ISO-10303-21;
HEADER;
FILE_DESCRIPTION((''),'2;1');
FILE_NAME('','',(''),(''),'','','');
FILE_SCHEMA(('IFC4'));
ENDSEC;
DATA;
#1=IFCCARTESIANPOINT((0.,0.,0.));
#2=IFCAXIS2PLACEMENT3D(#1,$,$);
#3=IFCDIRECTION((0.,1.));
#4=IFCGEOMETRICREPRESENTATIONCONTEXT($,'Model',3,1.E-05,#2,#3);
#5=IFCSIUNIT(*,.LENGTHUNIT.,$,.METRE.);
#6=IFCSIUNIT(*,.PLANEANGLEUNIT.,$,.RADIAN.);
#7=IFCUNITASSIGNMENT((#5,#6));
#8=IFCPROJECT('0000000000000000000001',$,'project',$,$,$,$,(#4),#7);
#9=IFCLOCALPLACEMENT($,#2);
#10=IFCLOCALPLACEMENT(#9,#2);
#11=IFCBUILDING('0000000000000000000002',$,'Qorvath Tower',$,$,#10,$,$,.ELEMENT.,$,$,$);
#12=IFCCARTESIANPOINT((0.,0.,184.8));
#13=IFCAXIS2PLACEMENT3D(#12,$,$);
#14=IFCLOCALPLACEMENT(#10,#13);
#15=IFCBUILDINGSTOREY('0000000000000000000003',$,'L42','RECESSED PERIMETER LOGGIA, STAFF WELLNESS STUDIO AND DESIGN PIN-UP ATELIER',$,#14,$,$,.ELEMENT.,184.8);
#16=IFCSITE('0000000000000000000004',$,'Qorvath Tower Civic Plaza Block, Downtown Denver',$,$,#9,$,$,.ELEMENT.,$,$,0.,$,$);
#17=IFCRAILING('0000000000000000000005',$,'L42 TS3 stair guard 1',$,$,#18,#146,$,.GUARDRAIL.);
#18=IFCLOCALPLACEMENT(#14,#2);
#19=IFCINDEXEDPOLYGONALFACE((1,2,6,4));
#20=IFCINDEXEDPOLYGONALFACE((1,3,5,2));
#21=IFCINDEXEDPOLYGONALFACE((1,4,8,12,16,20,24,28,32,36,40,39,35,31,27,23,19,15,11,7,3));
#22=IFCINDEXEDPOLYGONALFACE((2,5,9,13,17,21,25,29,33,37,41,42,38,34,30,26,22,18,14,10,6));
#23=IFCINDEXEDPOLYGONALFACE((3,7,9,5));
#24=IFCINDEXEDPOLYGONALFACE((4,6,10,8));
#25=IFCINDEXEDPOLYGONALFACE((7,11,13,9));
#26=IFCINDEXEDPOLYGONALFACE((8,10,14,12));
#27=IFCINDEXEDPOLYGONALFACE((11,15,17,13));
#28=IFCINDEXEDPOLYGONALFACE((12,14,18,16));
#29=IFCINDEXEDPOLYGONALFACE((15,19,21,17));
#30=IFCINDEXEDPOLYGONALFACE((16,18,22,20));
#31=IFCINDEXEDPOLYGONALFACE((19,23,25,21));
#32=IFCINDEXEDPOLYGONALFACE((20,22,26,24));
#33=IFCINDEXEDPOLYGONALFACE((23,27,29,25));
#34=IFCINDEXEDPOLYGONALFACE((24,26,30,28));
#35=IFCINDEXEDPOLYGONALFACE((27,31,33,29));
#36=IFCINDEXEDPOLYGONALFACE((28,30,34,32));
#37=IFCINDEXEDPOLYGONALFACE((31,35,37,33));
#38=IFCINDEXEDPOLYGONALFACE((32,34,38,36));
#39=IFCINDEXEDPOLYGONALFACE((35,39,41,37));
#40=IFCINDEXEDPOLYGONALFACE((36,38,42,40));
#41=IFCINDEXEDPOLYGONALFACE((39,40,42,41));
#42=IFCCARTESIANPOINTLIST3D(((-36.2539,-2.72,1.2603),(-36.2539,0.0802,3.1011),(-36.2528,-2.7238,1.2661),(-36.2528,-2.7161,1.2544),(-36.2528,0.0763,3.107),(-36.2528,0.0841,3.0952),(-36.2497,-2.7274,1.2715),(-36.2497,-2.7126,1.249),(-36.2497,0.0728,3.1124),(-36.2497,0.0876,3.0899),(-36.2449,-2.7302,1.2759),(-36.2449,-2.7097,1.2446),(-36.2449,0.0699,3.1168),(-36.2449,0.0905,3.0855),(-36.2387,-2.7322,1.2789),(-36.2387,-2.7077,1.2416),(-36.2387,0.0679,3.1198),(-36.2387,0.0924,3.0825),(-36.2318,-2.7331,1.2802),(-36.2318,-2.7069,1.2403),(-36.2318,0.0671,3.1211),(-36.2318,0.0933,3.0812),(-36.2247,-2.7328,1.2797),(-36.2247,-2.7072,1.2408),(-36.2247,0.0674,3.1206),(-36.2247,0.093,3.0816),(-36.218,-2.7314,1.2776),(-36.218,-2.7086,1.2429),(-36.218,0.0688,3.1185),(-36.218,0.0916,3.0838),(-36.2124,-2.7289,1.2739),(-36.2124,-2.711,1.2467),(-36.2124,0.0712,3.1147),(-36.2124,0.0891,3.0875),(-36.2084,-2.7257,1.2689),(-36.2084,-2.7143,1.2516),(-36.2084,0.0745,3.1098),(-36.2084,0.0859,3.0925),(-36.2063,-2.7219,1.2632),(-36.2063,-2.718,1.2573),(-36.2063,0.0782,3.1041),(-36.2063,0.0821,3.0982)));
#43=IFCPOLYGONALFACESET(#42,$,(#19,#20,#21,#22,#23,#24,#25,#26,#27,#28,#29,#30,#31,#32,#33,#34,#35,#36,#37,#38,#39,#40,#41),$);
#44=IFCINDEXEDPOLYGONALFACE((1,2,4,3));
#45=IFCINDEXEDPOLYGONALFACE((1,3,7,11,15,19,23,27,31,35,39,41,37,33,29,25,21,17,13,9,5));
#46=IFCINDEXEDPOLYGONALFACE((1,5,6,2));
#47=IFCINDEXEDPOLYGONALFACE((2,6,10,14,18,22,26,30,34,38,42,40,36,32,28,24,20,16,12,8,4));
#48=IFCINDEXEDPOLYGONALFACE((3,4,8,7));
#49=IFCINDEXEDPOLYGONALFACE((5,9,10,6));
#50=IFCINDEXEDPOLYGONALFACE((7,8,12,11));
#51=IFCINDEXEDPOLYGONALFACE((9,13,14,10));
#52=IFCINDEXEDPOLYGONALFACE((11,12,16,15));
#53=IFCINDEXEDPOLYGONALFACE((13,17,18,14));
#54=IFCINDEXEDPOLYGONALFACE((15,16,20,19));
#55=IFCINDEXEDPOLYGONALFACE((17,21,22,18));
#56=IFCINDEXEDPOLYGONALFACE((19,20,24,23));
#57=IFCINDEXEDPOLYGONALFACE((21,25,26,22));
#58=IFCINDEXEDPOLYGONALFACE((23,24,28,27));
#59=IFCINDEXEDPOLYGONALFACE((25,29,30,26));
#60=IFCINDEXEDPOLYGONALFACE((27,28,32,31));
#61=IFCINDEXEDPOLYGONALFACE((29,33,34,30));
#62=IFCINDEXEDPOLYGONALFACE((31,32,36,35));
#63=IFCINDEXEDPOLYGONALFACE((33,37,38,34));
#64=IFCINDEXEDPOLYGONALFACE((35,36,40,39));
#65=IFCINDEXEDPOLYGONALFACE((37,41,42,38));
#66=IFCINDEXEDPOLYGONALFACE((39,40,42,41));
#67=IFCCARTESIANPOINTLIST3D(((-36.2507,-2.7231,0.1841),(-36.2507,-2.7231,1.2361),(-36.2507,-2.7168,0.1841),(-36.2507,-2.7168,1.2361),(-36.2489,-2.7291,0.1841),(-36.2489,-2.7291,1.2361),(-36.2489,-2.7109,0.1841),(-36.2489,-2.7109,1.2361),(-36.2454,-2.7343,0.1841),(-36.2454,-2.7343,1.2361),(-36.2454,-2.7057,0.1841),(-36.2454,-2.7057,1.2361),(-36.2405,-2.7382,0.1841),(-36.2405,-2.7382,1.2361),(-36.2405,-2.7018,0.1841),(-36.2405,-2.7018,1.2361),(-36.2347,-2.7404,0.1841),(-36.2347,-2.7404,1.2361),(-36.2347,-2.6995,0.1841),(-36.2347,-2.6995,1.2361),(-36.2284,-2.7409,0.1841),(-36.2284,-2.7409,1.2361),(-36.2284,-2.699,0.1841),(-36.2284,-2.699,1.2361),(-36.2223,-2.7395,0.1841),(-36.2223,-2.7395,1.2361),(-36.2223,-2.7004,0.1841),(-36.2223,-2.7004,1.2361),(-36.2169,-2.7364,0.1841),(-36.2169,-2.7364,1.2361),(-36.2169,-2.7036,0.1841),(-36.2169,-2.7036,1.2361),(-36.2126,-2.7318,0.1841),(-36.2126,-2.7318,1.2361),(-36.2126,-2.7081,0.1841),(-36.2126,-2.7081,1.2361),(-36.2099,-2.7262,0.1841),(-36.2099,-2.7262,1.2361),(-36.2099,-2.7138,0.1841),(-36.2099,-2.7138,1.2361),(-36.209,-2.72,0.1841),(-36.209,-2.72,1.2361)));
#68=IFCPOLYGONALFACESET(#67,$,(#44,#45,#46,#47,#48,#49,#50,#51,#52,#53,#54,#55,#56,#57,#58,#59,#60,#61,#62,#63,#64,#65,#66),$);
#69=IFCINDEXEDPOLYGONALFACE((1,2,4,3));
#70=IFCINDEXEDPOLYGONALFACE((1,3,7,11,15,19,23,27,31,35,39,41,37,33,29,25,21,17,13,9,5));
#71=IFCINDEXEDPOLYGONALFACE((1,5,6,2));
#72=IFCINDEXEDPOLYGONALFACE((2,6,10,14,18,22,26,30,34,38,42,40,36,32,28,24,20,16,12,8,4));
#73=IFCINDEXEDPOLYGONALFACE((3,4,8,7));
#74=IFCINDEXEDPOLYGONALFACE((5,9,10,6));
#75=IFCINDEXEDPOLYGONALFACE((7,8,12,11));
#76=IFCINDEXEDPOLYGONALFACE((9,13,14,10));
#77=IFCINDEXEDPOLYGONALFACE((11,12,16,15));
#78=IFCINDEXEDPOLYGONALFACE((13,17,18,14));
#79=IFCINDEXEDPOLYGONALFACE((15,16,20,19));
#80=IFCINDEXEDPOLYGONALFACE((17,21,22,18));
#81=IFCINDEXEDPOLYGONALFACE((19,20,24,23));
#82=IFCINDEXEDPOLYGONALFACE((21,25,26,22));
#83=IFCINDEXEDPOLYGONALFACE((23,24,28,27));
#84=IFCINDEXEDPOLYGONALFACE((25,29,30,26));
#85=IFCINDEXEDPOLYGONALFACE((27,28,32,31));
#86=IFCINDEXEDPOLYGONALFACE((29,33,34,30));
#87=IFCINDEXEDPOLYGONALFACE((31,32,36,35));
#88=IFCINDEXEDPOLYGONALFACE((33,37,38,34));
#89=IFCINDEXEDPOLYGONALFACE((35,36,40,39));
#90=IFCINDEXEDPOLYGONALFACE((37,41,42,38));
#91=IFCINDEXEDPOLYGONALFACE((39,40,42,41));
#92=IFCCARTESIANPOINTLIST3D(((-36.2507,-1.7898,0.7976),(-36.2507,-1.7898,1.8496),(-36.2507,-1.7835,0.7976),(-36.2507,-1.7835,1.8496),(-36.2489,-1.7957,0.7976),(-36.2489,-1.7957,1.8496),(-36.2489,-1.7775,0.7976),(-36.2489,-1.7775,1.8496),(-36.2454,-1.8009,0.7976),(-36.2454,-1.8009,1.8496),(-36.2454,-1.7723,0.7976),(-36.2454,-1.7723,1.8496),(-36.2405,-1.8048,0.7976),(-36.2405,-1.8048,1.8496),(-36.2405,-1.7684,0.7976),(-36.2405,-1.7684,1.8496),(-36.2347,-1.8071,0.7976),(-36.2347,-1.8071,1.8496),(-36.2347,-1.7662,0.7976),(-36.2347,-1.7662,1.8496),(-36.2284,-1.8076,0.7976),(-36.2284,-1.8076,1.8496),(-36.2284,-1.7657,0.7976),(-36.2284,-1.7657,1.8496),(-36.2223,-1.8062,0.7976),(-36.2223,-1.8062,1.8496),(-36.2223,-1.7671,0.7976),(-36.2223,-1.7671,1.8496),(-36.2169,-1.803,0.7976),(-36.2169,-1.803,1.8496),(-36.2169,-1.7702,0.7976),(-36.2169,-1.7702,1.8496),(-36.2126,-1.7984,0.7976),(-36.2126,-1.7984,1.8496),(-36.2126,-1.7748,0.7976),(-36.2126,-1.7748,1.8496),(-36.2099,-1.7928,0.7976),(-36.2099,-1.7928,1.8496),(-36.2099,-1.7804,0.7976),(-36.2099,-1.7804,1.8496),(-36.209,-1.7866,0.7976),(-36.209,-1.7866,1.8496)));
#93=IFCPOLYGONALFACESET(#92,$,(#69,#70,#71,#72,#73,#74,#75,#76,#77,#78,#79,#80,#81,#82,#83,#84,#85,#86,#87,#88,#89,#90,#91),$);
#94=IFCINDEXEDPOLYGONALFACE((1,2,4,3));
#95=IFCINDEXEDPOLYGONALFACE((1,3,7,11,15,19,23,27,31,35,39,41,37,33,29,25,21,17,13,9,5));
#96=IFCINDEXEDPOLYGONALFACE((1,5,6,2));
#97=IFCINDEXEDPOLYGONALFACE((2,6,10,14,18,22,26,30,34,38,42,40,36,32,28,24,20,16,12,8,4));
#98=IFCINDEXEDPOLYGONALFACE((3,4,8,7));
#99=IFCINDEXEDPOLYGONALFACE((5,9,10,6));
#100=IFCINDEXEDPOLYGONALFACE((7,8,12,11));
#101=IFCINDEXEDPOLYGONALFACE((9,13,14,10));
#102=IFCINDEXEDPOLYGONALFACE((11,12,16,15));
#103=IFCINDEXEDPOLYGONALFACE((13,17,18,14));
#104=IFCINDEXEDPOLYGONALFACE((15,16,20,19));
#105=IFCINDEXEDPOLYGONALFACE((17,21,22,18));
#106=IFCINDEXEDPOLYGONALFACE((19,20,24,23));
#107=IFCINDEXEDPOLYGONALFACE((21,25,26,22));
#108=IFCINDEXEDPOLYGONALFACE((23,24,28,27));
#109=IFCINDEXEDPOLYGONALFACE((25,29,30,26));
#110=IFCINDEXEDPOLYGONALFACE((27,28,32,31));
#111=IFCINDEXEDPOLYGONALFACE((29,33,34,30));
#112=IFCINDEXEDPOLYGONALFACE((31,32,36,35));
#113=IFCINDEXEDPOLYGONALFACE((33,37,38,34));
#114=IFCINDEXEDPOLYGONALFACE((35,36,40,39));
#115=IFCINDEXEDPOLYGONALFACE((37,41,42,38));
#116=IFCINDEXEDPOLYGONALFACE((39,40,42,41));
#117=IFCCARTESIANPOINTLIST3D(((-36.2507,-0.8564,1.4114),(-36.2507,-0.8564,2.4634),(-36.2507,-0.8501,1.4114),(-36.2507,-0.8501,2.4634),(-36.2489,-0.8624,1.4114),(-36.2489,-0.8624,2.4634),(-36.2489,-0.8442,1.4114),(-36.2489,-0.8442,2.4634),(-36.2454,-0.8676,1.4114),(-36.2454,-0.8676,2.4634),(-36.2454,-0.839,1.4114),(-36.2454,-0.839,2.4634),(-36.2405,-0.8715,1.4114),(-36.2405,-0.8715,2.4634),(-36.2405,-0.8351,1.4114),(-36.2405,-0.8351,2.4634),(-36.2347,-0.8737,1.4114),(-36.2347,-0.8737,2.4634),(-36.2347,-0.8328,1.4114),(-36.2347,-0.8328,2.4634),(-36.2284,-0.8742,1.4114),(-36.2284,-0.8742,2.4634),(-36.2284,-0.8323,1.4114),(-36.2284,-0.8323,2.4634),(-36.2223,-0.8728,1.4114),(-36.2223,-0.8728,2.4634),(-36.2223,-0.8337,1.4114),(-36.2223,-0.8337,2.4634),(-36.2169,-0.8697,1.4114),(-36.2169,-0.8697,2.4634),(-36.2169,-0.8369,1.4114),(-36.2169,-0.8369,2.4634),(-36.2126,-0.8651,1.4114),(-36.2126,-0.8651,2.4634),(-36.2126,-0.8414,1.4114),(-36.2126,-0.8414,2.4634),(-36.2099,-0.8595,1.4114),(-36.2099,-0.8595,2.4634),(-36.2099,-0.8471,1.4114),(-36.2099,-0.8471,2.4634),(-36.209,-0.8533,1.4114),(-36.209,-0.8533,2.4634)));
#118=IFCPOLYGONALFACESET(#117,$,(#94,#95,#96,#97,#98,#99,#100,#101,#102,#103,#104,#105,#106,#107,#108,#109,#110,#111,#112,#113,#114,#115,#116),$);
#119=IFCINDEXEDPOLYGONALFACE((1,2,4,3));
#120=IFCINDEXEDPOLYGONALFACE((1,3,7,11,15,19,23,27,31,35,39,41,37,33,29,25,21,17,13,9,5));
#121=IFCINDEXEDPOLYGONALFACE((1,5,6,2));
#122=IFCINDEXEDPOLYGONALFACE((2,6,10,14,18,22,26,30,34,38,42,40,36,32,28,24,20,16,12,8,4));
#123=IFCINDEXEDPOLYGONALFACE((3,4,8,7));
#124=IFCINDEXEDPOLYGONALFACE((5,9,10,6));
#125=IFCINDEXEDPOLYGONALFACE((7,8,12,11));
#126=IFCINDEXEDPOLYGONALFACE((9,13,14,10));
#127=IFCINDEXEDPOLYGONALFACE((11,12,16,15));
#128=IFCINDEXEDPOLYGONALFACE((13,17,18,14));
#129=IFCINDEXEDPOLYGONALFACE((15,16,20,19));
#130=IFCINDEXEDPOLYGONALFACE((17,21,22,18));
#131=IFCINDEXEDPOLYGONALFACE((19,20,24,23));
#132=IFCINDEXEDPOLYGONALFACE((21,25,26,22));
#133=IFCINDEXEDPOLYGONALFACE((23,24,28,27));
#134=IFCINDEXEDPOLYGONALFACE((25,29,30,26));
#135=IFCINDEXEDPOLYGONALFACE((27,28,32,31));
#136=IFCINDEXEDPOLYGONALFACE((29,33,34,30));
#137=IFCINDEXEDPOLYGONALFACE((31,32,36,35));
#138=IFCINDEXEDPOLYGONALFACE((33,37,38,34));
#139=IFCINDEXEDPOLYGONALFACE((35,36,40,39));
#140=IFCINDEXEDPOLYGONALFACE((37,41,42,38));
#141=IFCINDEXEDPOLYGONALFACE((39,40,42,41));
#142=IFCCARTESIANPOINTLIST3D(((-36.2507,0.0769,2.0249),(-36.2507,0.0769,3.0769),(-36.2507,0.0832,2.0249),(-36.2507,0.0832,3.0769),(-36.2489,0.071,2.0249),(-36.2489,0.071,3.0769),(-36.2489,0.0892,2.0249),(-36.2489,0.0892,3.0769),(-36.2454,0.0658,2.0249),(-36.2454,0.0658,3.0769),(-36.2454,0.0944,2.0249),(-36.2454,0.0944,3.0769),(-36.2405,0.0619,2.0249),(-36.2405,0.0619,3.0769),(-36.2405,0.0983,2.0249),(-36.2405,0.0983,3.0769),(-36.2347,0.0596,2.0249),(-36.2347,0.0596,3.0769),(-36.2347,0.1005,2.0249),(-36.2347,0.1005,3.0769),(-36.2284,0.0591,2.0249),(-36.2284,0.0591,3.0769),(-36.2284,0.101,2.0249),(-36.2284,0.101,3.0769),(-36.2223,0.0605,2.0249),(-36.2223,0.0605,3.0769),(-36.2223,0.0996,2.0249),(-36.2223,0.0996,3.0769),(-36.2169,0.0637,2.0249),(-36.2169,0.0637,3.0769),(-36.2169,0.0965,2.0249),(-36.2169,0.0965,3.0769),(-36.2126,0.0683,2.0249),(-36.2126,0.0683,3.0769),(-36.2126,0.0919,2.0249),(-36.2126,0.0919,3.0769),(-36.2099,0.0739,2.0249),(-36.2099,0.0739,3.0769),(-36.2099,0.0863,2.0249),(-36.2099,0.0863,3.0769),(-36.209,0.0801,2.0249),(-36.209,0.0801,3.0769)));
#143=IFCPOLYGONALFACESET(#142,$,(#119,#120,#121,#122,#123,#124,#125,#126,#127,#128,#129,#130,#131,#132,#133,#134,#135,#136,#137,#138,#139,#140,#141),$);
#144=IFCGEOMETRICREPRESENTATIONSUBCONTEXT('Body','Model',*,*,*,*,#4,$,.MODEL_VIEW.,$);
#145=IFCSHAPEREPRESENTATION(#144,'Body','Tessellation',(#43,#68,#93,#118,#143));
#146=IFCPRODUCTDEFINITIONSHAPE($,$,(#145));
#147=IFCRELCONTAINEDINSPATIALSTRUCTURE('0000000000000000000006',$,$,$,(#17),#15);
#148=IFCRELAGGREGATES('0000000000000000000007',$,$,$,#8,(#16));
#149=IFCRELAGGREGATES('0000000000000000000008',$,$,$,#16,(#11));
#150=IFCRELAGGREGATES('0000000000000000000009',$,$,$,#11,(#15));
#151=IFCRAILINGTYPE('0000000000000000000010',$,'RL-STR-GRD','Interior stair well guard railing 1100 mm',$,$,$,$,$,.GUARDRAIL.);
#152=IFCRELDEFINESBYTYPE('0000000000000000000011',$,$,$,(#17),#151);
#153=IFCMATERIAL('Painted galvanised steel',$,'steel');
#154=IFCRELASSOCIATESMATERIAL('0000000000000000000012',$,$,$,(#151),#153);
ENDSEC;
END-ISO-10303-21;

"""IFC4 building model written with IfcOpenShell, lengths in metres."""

from ifc_helpers import new_model, si_unit, direction, frame, origin, origin_2d, place, context, subcontext, project, spatial, circle, extrude, material, type_object, element, save


model = new_model("IFC4")

# Units and contexts
model_context = context("Model", 3, precision=1e-05, world=origin(), true_north=direction((0.0, 1.0)))
body_context = subcontext(model_context, "Body", "Model", "MODEL_VIEW")
ifc_project = project(units=[si_unit("LENGTHUNIT", "METRE"), si_unit("PLANEANGLEUNIT", "RADIAN")], contexts=[model_context])

# Site, building, storey
site_placement = place(None, origin())
site = spatial("IfcSite", under=ifc_project, at=site_placement, Name="Qorvath Tower Civic Plaza Block, Downtown Denver", CompositionType="ELEMENT", RefElevation=0.0)
building_placement = place(site_placement, origin())
building = spatial("IfcBuilding", under=site, at=building_placement, Name="Qorvath Tower", CompositionType="ELEMENT")
storey_placement = place(building_placement, frame((0.0, 0.0, 184.8)))
storey = spatial("IfcBuildingStorey", under=building, at=storey_placement, Name="L42", Description="RECESSED PERIMETER LOGGIA, STAFF WELLNESS STUDIO AND DESIGN PIN-UP ATELIER", CompositionType="ELEMENT", Elevation=184.8)

# Railing
ifc_material_1 = material(Name="Painted galvanised steel", Category="steel")
railing_type_1 = type_object("IfcRailingType", Name="RL-STR-GRD", Description="Interior stair well guard railing 1100 mm", PredefinedType="GUARDRAIL", material=ifc_material_1)
railing_1_placement = place(storey_placement, frame((-36.23, -2.72, 0.1841)))
element("IfcRailing", 1, at=railing_1_placement, inside=storey, type_object=railing_type_1, Name="L42 TS3 stair guard 1", PredefinedType="GUARDRAIL", context=body_context, shape_type="SweptSolid", body=[
    extrude(circle(Radius=0.0239, at=origin_2d()), frame((0.0, 0.0, 1.0762), z_axis=(0.0, 0.835598, 0.549342), x_axis=(-1.0, 0.0, 0.0)), (0.0, 0.0, 1.0), 3.3511),
    extrude(circle(Radius=0.021, at=origin_2d()), origin(), (0.0, 0.0, 1.0), 1.052),
    extrude(circle(Radius=0.021, at=origin_2d()), frame((0.0, 0.9333, 0.6135)), (0.0, 0.0, 1.0), 1.052),
    extrude(circle(Radius=0.021, at=origin_2d()), frame((0.0, 1.8667, 1.2273)), (0.0, 0.0, 1.0), 1.052),
    extrude(circle(Radius=0.021, at=origin_2d()), frame((0.0, 2.8, 1.8408)), (0.0, 0.0, 1.0), 1.052),
])

save(model, "model.ifc")
